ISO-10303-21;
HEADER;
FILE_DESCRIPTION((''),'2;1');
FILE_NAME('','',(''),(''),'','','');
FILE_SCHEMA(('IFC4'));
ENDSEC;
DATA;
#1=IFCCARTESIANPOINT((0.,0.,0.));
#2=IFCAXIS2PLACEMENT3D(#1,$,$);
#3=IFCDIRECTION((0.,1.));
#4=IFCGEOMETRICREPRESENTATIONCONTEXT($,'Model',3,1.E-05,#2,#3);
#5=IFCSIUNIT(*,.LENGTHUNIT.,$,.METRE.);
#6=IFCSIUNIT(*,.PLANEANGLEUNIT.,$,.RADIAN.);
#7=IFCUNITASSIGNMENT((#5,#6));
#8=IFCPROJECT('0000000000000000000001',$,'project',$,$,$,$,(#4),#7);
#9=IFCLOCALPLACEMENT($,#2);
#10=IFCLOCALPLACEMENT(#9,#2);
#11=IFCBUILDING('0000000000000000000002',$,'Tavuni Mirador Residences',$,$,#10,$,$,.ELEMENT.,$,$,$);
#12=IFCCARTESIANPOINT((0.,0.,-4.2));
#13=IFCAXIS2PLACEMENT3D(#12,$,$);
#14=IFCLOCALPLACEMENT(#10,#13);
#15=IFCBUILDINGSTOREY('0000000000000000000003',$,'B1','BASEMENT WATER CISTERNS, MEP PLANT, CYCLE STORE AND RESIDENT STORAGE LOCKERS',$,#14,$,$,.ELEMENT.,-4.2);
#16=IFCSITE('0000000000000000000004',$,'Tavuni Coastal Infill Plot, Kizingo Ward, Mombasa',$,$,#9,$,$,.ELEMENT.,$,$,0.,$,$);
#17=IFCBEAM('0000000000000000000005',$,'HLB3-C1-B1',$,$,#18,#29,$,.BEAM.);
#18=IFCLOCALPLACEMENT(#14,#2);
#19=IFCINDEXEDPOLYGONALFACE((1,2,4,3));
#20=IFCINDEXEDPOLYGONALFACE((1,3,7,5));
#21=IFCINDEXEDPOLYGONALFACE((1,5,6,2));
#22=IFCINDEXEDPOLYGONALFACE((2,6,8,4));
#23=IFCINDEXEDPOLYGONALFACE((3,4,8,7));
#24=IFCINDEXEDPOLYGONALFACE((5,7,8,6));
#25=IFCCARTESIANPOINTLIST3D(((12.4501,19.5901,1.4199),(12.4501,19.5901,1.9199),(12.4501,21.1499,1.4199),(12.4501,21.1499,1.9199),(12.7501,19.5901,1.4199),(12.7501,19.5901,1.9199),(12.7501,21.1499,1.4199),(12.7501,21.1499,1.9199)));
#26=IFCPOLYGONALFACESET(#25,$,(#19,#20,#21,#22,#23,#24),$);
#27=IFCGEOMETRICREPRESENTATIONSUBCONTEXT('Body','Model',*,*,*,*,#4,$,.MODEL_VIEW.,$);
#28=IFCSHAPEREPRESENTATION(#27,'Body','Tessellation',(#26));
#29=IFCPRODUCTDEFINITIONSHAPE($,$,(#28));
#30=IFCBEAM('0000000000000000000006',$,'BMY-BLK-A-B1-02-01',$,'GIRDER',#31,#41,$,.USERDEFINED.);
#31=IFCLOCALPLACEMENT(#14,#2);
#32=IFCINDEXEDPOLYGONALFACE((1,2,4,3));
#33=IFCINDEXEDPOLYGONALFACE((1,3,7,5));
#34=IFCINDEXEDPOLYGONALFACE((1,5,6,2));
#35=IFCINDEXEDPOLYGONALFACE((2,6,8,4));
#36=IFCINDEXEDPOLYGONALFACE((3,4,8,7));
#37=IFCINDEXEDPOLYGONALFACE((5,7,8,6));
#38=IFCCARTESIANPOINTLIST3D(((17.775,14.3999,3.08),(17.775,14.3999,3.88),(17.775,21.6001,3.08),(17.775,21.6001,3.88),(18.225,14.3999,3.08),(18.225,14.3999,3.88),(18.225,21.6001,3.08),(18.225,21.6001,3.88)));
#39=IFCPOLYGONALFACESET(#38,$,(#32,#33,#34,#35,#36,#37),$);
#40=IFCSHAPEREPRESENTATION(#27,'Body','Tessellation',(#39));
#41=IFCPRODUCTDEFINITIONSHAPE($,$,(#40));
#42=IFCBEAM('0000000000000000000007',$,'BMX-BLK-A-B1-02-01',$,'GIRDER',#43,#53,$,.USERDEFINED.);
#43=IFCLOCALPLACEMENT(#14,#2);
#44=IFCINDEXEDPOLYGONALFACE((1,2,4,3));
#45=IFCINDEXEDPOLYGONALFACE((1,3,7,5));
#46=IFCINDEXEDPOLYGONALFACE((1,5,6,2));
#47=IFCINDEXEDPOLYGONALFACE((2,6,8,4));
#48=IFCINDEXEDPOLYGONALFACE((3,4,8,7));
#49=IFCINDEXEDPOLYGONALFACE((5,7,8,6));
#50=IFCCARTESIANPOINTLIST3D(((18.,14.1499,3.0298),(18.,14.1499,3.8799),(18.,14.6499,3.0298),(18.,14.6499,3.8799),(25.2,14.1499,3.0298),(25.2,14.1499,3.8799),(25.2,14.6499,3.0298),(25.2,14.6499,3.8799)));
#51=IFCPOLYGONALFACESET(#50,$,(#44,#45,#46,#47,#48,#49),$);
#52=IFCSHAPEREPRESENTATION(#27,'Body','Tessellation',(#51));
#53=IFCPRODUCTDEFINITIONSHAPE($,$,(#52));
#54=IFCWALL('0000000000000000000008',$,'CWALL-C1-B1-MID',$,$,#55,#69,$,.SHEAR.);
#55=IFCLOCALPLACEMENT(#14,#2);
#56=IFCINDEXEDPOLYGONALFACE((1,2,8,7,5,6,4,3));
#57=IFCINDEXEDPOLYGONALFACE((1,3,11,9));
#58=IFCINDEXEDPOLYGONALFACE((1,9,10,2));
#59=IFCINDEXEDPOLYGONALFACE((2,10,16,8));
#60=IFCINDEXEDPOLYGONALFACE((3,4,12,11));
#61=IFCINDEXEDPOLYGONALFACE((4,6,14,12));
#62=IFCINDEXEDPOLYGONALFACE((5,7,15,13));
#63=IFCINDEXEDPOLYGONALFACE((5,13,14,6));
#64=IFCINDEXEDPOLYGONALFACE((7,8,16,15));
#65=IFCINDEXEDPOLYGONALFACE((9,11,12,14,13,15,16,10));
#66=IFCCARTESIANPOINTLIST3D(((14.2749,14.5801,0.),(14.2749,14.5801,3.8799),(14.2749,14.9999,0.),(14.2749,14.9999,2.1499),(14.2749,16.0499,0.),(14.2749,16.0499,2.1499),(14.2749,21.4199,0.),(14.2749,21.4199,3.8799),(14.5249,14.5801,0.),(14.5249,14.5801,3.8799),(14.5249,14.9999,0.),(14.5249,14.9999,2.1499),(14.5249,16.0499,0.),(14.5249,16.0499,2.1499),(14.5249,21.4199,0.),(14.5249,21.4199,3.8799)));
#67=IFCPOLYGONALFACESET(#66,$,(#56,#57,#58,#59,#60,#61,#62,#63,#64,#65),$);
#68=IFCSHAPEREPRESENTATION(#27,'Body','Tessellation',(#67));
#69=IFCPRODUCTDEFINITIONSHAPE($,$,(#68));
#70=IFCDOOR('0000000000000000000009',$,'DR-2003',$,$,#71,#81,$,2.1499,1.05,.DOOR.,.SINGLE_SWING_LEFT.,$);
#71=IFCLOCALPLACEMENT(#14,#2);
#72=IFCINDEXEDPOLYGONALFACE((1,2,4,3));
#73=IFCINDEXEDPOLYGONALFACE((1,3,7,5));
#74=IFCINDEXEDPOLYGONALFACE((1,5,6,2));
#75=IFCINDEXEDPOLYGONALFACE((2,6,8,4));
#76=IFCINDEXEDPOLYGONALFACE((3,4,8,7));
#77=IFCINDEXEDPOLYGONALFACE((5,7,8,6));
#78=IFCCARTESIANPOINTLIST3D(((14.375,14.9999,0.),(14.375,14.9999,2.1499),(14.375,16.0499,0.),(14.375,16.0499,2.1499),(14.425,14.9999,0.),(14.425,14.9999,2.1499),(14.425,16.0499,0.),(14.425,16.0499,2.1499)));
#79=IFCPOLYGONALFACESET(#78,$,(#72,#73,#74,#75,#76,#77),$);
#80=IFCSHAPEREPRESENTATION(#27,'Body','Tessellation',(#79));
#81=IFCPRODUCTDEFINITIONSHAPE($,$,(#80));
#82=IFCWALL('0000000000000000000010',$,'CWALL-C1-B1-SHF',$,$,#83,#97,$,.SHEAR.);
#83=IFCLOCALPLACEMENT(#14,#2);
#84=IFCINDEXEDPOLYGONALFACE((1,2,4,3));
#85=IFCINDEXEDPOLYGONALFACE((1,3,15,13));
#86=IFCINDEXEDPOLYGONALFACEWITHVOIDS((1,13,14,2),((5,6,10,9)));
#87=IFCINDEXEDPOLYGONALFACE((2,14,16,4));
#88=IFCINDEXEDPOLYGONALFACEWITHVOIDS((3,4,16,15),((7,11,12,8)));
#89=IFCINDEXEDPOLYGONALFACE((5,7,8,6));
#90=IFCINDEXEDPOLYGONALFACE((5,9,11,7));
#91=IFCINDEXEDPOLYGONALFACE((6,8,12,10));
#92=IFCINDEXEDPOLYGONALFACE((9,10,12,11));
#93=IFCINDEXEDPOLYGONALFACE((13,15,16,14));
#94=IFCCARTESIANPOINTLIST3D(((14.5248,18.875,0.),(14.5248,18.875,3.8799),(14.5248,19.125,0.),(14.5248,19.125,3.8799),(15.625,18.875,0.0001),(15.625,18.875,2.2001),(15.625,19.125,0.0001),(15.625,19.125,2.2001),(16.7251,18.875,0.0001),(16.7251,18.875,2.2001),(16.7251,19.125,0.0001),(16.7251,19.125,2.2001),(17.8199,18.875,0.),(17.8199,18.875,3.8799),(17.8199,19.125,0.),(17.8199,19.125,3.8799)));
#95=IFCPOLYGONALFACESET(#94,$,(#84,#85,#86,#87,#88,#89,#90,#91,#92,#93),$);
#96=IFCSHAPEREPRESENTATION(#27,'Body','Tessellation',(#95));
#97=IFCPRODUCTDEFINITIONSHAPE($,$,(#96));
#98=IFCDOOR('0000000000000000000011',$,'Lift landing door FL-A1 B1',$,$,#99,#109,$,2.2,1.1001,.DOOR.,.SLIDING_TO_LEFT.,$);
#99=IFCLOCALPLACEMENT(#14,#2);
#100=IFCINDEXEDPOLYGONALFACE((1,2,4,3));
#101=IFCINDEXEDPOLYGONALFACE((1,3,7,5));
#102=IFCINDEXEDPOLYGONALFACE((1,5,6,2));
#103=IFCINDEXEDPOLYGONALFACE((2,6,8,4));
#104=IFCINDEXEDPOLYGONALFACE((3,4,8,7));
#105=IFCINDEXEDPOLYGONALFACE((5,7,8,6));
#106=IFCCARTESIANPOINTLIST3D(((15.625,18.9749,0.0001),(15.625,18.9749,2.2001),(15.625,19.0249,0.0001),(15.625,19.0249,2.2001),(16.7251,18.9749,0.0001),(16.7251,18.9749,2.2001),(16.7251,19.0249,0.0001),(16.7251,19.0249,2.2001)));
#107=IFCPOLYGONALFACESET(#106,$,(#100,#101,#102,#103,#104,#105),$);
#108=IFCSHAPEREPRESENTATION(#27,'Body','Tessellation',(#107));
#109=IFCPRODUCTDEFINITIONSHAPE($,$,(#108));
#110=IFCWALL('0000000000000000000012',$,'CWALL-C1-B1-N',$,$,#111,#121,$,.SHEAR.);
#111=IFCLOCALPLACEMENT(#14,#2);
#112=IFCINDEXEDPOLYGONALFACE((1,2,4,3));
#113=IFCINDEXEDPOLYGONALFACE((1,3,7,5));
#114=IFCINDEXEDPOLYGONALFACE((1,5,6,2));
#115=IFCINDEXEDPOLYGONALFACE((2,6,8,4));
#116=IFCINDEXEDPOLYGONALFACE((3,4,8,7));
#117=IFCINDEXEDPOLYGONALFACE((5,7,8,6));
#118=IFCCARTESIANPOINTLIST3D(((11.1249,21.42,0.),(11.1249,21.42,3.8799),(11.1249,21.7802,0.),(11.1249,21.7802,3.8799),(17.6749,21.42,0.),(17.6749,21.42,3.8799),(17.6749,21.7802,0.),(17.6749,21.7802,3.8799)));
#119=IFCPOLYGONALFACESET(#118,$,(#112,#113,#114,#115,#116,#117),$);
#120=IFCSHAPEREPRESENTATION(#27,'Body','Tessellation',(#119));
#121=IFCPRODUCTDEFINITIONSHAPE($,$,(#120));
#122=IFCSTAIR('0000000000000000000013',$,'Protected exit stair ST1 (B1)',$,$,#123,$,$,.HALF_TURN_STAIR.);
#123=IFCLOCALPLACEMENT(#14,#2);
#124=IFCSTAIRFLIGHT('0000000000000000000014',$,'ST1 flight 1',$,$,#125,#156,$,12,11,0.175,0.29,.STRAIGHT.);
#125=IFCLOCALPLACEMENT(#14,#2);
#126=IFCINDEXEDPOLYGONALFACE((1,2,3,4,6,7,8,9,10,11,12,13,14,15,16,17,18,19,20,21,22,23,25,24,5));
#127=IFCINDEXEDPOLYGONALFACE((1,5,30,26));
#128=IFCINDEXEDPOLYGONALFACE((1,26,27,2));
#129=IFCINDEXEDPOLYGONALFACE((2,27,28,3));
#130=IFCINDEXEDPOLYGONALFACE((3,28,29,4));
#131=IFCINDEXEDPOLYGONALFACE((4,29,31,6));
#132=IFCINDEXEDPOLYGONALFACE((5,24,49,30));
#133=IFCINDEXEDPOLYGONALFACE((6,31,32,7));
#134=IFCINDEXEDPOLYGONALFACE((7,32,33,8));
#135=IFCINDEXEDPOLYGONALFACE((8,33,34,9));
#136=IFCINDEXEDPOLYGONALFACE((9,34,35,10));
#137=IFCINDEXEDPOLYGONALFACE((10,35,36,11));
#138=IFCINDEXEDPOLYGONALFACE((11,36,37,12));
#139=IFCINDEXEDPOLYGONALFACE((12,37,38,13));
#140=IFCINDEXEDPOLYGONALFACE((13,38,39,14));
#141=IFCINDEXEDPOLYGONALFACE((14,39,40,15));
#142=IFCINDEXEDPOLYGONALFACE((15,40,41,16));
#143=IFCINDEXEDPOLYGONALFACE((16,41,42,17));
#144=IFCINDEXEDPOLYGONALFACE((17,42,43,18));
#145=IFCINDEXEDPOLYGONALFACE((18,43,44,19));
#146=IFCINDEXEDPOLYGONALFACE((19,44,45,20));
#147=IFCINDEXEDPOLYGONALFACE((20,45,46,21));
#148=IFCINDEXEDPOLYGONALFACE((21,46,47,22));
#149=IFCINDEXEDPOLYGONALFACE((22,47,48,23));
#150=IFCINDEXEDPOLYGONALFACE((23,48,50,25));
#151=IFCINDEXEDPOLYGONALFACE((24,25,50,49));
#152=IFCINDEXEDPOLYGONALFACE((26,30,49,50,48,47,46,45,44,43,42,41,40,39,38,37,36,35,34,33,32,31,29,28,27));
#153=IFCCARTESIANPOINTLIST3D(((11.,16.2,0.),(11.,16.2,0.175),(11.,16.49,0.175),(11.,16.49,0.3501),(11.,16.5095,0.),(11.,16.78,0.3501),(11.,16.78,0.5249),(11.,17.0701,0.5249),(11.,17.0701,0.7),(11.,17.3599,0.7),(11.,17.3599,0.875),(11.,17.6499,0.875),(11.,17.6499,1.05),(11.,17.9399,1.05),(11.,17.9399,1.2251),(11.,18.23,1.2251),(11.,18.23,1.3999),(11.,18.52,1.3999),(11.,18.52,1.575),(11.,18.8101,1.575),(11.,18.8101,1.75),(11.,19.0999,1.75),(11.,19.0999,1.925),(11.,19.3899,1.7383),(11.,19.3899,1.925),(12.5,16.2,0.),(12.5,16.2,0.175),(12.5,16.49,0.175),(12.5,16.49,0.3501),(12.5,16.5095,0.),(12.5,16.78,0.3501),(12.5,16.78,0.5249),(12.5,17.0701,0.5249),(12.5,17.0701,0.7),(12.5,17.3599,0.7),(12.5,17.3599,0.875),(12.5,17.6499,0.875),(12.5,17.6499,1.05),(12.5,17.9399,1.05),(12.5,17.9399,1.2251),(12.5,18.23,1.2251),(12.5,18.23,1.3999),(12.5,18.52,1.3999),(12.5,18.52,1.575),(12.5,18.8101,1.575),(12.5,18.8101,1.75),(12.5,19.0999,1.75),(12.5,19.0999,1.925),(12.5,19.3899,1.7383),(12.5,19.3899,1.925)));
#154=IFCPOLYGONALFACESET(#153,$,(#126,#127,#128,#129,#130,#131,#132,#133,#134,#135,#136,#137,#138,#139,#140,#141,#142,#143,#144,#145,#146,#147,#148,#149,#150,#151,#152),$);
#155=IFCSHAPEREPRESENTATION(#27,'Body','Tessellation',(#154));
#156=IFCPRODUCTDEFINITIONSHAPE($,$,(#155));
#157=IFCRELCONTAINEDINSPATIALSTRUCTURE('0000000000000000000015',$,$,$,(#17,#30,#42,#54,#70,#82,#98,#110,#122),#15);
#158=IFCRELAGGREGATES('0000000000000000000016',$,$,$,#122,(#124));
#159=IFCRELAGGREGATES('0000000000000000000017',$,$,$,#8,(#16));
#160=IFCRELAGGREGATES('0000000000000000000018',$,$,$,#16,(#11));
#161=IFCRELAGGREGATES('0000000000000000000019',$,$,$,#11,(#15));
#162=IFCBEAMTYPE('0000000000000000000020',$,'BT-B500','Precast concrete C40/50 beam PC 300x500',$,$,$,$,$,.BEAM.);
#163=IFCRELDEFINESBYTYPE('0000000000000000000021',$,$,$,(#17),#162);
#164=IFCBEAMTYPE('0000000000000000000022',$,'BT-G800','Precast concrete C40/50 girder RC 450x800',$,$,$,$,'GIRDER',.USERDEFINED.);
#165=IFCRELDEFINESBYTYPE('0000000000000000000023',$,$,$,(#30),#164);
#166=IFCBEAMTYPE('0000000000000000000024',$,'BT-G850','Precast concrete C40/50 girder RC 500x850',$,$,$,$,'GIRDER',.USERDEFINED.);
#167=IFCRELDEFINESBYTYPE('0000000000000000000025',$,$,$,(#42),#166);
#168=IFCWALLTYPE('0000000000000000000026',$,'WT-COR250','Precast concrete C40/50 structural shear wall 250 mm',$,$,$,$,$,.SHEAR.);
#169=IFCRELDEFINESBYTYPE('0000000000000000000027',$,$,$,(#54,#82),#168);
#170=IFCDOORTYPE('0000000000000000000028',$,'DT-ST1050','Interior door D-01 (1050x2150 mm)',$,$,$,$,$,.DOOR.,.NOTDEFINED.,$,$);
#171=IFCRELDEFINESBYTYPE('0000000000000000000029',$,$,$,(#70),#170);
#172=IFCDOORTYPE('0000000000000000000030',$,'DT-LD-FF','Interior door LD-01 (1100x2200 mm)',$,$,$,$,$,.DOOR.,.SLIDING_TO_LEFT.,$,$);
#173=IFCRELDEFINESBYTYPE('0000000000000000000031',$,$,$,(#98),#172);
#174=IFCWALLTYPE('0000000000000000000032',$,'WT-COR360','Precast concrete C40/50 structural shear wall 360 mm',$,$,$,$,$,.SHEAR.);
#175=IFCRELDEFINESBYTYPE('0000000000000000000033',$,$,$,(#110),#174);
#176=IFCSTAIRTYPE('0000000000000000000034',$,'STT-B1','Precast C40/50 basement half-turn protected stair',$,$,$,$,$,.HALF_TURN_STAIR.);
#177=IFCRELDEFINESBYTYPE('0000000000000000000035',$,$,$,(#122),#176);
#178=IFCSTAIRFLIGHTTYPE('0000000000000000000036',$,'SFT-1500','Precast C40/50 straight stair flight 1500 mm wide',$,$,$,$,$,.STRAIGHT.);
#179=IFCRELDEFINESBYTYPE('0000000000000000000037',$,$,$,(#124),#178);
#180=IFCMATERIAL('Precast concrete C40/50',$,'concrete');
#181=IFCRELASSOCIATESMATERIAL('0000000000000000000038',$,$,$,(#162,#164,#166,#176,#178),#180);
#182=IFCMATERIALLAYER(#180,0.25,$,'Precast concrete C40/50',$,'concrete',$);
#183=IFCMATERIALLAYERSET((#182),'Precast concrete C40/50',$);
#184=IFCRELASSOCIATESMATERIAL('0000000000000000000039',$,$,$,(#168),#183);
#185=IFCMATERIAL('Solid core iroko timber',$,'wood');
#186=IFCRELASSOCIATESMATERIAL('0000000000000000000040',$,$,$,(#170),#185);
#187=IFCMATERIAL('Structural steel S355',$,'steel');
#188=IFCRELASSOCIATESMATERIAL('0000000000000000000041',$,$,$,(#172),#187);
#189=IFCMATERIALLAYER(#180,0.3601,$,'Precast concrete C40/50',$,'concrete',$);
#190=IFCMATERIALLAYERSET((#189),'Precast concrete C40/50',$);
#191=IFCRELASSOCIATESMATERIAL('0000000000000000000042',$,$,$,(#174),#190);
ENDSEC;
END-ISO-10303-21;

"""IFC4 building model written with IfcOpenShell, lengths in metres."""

from ifc_helpers import new_model, si_unit, direction, frame, frame_2d, origin, origin_2d, place, context, subcontext, project, spatial, polyline, rectangle, outline, extrude, material, layer, layer_set, material_profile, profile_set, type_object, element, fill, aggregate, save


model = new_model("IFC4")

# Units and contexts
model_context = context("Model", 3, precision=1e-05, world=origin(), true_north=direction((0.0, 1.0)))
body_context = subcontext(model_context, "Body", "Model", "MODEL_VIEW")
ifc_project = project(units=[si_unit("LENGTHUNIT", "METRE"), si_unit("PLANEANGLEUNIT", "RADIAN")], contexts=[model_context])

# Site, building, storey
site_placement = place(None, origin())
site = spatial("IfcSite", under=ifc_project, at=site_placement, Name="Tavuni Coastal Infill Plot, Kizingo Ward, Mombasa", CompositionType="ELEMENT", RefElevation=0.0)
building_placement = place(site_placement, origin())
building = spatial("IfcBuilding", under=site, at=building_placement, Name="Tavuni Mirador Residences", CompositionType="ELEMENT")
storey_placement = place(building_placement, frame((0.0, 0.0, -4.2)))
storey = spatial("IfcBuildingStorey", under=building, at=storey_placement, Name="B1", Description="BASEMENT WATER CISTERNS, MEP PLANT, CYCLE STORE AND RESIDENT STORAGE LOCKERS", CompositionType="ELEMENT", Elevation=-4.2)

# Beams
ifc_material_1 = material(Name="Precast concrete C40/50", Category="concrete")
ifc_material_profile_1 = material_profile(ifc_material_1, rectangle(XDim=0.3, YDim=0.5, at=origin_2d()), Name="PC 300x500", Category="concrete")
ifc_profile_set_1 = profile_set([ifc_material_profile_1], Name="Precast concrete C40/50")
beam_type_1 = type_object("IfcBeamType", Name="BT-B500", Description="Precast concrete C40/50 beam PC 300x500", PredefinedType="BEAM", material=ifc_profile_set_1)
beam_1_placement = place(storey_placement, frame((12.6001, 19.5901, 1.6699), z_axis=(0.0, 1.0, 0.0), x_axis=(-1.0, 0.0, 0.0)))
element("IfcBeam", 1, at=beam_1_placement, inside=storey, type_object=beam_type_1, Name="HLB3-C1-B1", PredefinedType="BEAM", context=body_context, shape_type="SweptSolid", body=[
    extrude(rectangle(XDim=0.3, YDim=0.5, at=origin_2d()), origin(), (0.0, 0.0, 1.0), 1.5598),
])
ifc_material_profile_2 = material_profile(ifc_material_1, rectangle(XDim=0.45, YDim=0.8, at=origin_2d()), Name="RC 450x800", Category="concrete")
ifc_profile_set_2 = profile_set([ifc_material_profile_2], Name="Precast concrete C40/50")
beam_type_2 = type_object("IfcBeamType", Name="BT-G800", Description="Precast concrete C40/50 girder RC 450x800", ElementType="GIRDER", PredefinedType="USERDEFINED", material=ifc_profile_set_2)
beam_2_placement = place(storey_placement, frame((18.0, 14.3999, 3.48), z_axis=(0.0, 1.0, 0.0), x_axis=(-1.0, 0.0, 0.0)))
element("IfcBeam", 2, at=beam_2_placement, inside=storey, type_object=beam_type_2, Name="BMY-BLK-A-B1-02-01", ObjectType="GIRDER", PredefinedType="USERDEFINED", context=body_context, shape_type="SweptSolid", body=[
    extrude(rectangle(XDim=0.45, YDim=0.8, at=origin_2d()), origin(), (0.0, 0.0, 1.0), 7.2002),
])
ifc_material_profile_3 = material_profile(ifc_material_1, rectangle(XDim=0.5, YDim=0.8501, at=origin_2d()), Name="RC 500x850", Category="concrete")
ifc_profile_set_3 = profile_set([ifc_material_profile_3], Name="Precast concrete C40/50")
beam_type_3 = type_object("IfcBeamType", Name="BT-G850", Description="Precast concrete C40/50 girder RC 500x850", ElementType="GIRDER", PredefinedType="USERDEFINED", material=ifc_profile_set_3)
beam_3_placement = place(storey_placement, frame((18.0, 14.3999, 3.4548), z_axis=(1.0, 0.0, 0.0), x_axis=(0.0, 1.0, 0.0)))
element("IfcBeam", 3, at=beam_3_placement, inside=storey, type_object=beam_type_3, Name="BMX-BLK-A-B1-02-01", ObjectType="GIRDER", PredefinedType="USERDEFINED", context=body_context, shape_type="SweptSolid", body=[
    extrude(rectangle(XDim=0.5, YDim=0.8501, at=origin_2d()), origin(), (0.0, 0.0, 1.0), 7.2),
])

# Walls, openings, doors
ifc_layer_1 = layer(ifc_material_1, 0.25, Name="Precast concrete C40/50", Category="concrete")
ifc_layer_set_1 = layer_set([ifc_layer_1], Name="Precast concrete C40/50")
wall_type_1 = type_object("IfcWallType", Name="WT-COR250", Description="Precast concrete C40/50 structural shear wall 250 mm", PredefinedType="SHEAR", material=ifc_layer_set_1)
wall_1_placement = place(storey_placement, frame((14.3999, 14.5801, 0.0), z_axis=(0.0, 0.0, 1.0), x_axis=(0.0, 1.0, 0.0)))
wall_1 = element("IfcWall", 4, at=wall_1_placement, inside=storey, type_object=wall_type_1, Name="CWALL-C1-B1-MID", PredefinedType="SHEAR", context=body_context, shape_type="SweptSolid", body=[
    extrude(rectangle(XDim=6.8398, YDim=0.25, at=frame_2d((3.4199, 0.0))), origin(), (0.0, 0.0, 1.0), 3.8799),
])
opening_1_placement = place(wall_1_placement, frame((0.4199, 0.0, 0.0)))
opening_1 = element("IfcOpeningElement", 5, at=opening_1_placement, cuts=wall_1, PredefinedType="OPENING", context=body_context, shape_type="SweptSolid", body=[
    extrude(rectangle(XDim=1.05, YDim=2.1499, at=frame_2d((0.5249, 1.075))), frame((0.0, 0.135, 0.0), z_axis=(0.0, -1.0, 0.0), x_axis=(1.0, 0.0, 0.0)), (0.0, 0.0, 1.0), 0.27),
])
ifc_material_2 = material(Name="Solid core iroko timber", Category="wood")
door_type_1 = type_object("IfcDoorType", Name="DT-ST1050", Description="Interior door D-01 (1050x2150 mm)", OperationType="NOTDEFINED", PredefinedType="DOOR", material=ifc_material_2)
door_1_placement = place(opening_1_placement, origin())
door_1 = element("IfcDoor", 6, at=door_1_placement, inside=storey, type_object=door_type_1, Name="DR-2003", OperationType="SINGLE_SWING_LEFT", OverallHeight=2.1499, OverallWidth=1.05, PredefinedType="DOOR", context=body_context, shape_type="SweptSolid", body=[
    extrude(rectangle(XDim=1.05, YDim=2.1499, at=frame_2d((0.5249, 1.075))), frame((0.0, 0.0249, 0.0), z_axis=(0.0, -1.0, 0.0), x_axis=(1.0, 0.0, 0.0)), (0.0, 0.0, 1.0), 0.05),
])
fill(opening_1, door_1)
wall_2_placement = place(storey_placement, frame((14.5249, 19.0, 0.0), z_axis=(0.0, 0.0, 1.0), x_axis=(1.0, 0.0, 0.0)))
wall_2 = element("IfcWall", 7, at=wall_2_placement, inside=storey, type_object=wall_type_1, Name="CWALL-C1-B1-SHF", PredefinedType="SHEAR", context=body_context, shape_type="SweptSolid", body=[
    extrude(rectangle(XDim=3.2952, YDim=0.25, at=frame_2d((1.6475, 0.0))), origin(), (0.0, 0.0, 1.0), 3.8799),
])
opening_2_placement = place(wall_2_placement, frame((1.1001, 0.0, 0.0)))
opening_2 = element("IfcOpeningElement", 8, at=opening_2_placement, cuts=wall_2, PredefinedType="OPENING", context=body_context, shape_type="SweptSolid", body=[
    extrude(rectangle(XDim=1.1001, YDim=2.2, at=frame_2d((0.55, 1.1001))), frame((0.0, 0.135, 0.0), z_axis=(0.0, -1.0, 0.0), x_axis=(1.0, 0.0, 0.0)), (0.0, 0.0, 1.0), 0.27),
])
ifc_material_3 = material(Name="Structural steel S355", Category="steel")
door_type_2 = type_object("IfcDoorType", Name="DT-LD-FF", Description="Interior door LD-01 (1100x2200 mm)", OperationType="SLIDING_TO_LEFT", PredefinedType="DOOR", material=ifc_material_3)
door_2_placement = place(opening_2_placement, origin())
door_2 = element("IfcDoor", 9, at=door_2_placement, inside=storey, type_object=door_type_2, Name="Lift landing door FL-A1 B1", OperationType="SLIDING_TO_LEFT", OverallHeight=2.2, OverallWidth=1.1001, PredefinedType="DOOR", context=body_context, shape_type="SweptSolid", body=[
    extrude(rectangle(XDim=1.1001, YDim=2.2, at=frame_2d((0.55, 1.1001))), frame((0.0, 0.0249, 0.0), z_axis=(0.0, -1.0, 0.0), x_axis=(1.0, 0.0, 0.0)), (0.0, 0.0, 1.0), 0.05),
])
fill(opening_2, door_2)

# Wall
ifc_layer_2 = layer(ifc_material_1, 0.3601, Name="Precast concrete C40/50", Category="concrete")
ifc_layer_set_2 = layer_set([ifc_layer_2], Name="Precast concrete C40/50")
wall_type_2 = type_object("IfcWallType", Name="WT-COR360", Description="Precast concrete C40/50 structural shear wall 360 mm", PredefinedType="SHEAR", material=ifc_layer_set_2)
wall_3_placement = place(storey_placement, frame((11.125, 21.6001, 0.0), z_axis=(0.0, 0.0, 1.0), x_axis=(1.0, 0.0, 0.0)))
element("IfcWall", 10, at=wall_3_placement, inside=storey, type_object=wall_type_2, Name="CWALL-C1-B1-N", PredefinedType="SHEAR", context=body_context, shape_type="SweptSolid", body=[
    extrude(rectangle(XDim=6.55, YDim=0.3601, at=frame_2d((3.2749, 0.0))), origin(), (0.0, 0.0, 1.0), 3.8799),
])

# Stair, stair flight
stair_type = type_object("IfcStairType", Name="STT-B1", Description="Precast C40/50 basement half-turn protected stair", PredefinedType="HALF_TURN_STAIR", material=ifc_material_1)
stair_placement = place(storey_placement, origin())
stair = element("IfcStair", 11, at=stair_placement, inside=storey, type_object=stair_type, Name="Protected exit stair ST1 (B1)", PredefinedType="HALF_TURN_STAIR")
stair_flight_type = type_object("IfcStairFlightType", Name="SFT-1500", Description="Precast C40/50 straight stair flight 1500 mm wide", PredefinedType="STRAIGHT", material=ifc_material_1)
stair_flight_1_placement = place(storey_placement, frame((11.75, 16.2, 0.0), z_axis=(0.0, 0.0, 1.0), x_axis=(0.0, 1.0, 0.0)))
stair_flight_1 = element("IfcStairFlight", 12, at=stair_flight_1_placement, type_object=stair_flight_type, Name="ST1 flight 1", NumberOfRisers=12, NumberOfTreads=11, PredefinedType="STRAIGHT", RiserHeight=0.175, TreadLength=0.29, context=body_context, shape_type="SweptSolid", body=[
    extrude(outline(polyline([(0.0, 0.0), (0.0, 0.175), (0.29, 0.175), (0.29, 0.3501), (0.5801, 0.3501), (0.5801, 0.5249), (0.8701, 0.5249), (0.8701, 0.7), (1.1599, 0.7), (1.1599, 0.875), (1.45, 0.875), (1.45, 1.05), (1.74, 1.05), (1.74, 1.2251), (2.03, 1.2251), (2.03, 1.3999), (2.3201, 1.3999), (2.3201, 1.575), (2.6101, 1.575), (2.6101, 1.75), (2.8999, 1.75), (2.8999, 1.925), (3.1899, 1.925), (3.1899, 2.1001), (3.1899, 1.7383), (0.3096, 0.0), (0.0, 0.0)])), frame((0.0, 0.75, 0.0), z_axis=(0.0, -1.0, 0.0), x_axis=(1.0, 0.0, 0.0)), (0.0, 0.0, 1.0), 1.5),
])
aggregate(stair, [stair_flight_1])

save(model, "model.ifc")
